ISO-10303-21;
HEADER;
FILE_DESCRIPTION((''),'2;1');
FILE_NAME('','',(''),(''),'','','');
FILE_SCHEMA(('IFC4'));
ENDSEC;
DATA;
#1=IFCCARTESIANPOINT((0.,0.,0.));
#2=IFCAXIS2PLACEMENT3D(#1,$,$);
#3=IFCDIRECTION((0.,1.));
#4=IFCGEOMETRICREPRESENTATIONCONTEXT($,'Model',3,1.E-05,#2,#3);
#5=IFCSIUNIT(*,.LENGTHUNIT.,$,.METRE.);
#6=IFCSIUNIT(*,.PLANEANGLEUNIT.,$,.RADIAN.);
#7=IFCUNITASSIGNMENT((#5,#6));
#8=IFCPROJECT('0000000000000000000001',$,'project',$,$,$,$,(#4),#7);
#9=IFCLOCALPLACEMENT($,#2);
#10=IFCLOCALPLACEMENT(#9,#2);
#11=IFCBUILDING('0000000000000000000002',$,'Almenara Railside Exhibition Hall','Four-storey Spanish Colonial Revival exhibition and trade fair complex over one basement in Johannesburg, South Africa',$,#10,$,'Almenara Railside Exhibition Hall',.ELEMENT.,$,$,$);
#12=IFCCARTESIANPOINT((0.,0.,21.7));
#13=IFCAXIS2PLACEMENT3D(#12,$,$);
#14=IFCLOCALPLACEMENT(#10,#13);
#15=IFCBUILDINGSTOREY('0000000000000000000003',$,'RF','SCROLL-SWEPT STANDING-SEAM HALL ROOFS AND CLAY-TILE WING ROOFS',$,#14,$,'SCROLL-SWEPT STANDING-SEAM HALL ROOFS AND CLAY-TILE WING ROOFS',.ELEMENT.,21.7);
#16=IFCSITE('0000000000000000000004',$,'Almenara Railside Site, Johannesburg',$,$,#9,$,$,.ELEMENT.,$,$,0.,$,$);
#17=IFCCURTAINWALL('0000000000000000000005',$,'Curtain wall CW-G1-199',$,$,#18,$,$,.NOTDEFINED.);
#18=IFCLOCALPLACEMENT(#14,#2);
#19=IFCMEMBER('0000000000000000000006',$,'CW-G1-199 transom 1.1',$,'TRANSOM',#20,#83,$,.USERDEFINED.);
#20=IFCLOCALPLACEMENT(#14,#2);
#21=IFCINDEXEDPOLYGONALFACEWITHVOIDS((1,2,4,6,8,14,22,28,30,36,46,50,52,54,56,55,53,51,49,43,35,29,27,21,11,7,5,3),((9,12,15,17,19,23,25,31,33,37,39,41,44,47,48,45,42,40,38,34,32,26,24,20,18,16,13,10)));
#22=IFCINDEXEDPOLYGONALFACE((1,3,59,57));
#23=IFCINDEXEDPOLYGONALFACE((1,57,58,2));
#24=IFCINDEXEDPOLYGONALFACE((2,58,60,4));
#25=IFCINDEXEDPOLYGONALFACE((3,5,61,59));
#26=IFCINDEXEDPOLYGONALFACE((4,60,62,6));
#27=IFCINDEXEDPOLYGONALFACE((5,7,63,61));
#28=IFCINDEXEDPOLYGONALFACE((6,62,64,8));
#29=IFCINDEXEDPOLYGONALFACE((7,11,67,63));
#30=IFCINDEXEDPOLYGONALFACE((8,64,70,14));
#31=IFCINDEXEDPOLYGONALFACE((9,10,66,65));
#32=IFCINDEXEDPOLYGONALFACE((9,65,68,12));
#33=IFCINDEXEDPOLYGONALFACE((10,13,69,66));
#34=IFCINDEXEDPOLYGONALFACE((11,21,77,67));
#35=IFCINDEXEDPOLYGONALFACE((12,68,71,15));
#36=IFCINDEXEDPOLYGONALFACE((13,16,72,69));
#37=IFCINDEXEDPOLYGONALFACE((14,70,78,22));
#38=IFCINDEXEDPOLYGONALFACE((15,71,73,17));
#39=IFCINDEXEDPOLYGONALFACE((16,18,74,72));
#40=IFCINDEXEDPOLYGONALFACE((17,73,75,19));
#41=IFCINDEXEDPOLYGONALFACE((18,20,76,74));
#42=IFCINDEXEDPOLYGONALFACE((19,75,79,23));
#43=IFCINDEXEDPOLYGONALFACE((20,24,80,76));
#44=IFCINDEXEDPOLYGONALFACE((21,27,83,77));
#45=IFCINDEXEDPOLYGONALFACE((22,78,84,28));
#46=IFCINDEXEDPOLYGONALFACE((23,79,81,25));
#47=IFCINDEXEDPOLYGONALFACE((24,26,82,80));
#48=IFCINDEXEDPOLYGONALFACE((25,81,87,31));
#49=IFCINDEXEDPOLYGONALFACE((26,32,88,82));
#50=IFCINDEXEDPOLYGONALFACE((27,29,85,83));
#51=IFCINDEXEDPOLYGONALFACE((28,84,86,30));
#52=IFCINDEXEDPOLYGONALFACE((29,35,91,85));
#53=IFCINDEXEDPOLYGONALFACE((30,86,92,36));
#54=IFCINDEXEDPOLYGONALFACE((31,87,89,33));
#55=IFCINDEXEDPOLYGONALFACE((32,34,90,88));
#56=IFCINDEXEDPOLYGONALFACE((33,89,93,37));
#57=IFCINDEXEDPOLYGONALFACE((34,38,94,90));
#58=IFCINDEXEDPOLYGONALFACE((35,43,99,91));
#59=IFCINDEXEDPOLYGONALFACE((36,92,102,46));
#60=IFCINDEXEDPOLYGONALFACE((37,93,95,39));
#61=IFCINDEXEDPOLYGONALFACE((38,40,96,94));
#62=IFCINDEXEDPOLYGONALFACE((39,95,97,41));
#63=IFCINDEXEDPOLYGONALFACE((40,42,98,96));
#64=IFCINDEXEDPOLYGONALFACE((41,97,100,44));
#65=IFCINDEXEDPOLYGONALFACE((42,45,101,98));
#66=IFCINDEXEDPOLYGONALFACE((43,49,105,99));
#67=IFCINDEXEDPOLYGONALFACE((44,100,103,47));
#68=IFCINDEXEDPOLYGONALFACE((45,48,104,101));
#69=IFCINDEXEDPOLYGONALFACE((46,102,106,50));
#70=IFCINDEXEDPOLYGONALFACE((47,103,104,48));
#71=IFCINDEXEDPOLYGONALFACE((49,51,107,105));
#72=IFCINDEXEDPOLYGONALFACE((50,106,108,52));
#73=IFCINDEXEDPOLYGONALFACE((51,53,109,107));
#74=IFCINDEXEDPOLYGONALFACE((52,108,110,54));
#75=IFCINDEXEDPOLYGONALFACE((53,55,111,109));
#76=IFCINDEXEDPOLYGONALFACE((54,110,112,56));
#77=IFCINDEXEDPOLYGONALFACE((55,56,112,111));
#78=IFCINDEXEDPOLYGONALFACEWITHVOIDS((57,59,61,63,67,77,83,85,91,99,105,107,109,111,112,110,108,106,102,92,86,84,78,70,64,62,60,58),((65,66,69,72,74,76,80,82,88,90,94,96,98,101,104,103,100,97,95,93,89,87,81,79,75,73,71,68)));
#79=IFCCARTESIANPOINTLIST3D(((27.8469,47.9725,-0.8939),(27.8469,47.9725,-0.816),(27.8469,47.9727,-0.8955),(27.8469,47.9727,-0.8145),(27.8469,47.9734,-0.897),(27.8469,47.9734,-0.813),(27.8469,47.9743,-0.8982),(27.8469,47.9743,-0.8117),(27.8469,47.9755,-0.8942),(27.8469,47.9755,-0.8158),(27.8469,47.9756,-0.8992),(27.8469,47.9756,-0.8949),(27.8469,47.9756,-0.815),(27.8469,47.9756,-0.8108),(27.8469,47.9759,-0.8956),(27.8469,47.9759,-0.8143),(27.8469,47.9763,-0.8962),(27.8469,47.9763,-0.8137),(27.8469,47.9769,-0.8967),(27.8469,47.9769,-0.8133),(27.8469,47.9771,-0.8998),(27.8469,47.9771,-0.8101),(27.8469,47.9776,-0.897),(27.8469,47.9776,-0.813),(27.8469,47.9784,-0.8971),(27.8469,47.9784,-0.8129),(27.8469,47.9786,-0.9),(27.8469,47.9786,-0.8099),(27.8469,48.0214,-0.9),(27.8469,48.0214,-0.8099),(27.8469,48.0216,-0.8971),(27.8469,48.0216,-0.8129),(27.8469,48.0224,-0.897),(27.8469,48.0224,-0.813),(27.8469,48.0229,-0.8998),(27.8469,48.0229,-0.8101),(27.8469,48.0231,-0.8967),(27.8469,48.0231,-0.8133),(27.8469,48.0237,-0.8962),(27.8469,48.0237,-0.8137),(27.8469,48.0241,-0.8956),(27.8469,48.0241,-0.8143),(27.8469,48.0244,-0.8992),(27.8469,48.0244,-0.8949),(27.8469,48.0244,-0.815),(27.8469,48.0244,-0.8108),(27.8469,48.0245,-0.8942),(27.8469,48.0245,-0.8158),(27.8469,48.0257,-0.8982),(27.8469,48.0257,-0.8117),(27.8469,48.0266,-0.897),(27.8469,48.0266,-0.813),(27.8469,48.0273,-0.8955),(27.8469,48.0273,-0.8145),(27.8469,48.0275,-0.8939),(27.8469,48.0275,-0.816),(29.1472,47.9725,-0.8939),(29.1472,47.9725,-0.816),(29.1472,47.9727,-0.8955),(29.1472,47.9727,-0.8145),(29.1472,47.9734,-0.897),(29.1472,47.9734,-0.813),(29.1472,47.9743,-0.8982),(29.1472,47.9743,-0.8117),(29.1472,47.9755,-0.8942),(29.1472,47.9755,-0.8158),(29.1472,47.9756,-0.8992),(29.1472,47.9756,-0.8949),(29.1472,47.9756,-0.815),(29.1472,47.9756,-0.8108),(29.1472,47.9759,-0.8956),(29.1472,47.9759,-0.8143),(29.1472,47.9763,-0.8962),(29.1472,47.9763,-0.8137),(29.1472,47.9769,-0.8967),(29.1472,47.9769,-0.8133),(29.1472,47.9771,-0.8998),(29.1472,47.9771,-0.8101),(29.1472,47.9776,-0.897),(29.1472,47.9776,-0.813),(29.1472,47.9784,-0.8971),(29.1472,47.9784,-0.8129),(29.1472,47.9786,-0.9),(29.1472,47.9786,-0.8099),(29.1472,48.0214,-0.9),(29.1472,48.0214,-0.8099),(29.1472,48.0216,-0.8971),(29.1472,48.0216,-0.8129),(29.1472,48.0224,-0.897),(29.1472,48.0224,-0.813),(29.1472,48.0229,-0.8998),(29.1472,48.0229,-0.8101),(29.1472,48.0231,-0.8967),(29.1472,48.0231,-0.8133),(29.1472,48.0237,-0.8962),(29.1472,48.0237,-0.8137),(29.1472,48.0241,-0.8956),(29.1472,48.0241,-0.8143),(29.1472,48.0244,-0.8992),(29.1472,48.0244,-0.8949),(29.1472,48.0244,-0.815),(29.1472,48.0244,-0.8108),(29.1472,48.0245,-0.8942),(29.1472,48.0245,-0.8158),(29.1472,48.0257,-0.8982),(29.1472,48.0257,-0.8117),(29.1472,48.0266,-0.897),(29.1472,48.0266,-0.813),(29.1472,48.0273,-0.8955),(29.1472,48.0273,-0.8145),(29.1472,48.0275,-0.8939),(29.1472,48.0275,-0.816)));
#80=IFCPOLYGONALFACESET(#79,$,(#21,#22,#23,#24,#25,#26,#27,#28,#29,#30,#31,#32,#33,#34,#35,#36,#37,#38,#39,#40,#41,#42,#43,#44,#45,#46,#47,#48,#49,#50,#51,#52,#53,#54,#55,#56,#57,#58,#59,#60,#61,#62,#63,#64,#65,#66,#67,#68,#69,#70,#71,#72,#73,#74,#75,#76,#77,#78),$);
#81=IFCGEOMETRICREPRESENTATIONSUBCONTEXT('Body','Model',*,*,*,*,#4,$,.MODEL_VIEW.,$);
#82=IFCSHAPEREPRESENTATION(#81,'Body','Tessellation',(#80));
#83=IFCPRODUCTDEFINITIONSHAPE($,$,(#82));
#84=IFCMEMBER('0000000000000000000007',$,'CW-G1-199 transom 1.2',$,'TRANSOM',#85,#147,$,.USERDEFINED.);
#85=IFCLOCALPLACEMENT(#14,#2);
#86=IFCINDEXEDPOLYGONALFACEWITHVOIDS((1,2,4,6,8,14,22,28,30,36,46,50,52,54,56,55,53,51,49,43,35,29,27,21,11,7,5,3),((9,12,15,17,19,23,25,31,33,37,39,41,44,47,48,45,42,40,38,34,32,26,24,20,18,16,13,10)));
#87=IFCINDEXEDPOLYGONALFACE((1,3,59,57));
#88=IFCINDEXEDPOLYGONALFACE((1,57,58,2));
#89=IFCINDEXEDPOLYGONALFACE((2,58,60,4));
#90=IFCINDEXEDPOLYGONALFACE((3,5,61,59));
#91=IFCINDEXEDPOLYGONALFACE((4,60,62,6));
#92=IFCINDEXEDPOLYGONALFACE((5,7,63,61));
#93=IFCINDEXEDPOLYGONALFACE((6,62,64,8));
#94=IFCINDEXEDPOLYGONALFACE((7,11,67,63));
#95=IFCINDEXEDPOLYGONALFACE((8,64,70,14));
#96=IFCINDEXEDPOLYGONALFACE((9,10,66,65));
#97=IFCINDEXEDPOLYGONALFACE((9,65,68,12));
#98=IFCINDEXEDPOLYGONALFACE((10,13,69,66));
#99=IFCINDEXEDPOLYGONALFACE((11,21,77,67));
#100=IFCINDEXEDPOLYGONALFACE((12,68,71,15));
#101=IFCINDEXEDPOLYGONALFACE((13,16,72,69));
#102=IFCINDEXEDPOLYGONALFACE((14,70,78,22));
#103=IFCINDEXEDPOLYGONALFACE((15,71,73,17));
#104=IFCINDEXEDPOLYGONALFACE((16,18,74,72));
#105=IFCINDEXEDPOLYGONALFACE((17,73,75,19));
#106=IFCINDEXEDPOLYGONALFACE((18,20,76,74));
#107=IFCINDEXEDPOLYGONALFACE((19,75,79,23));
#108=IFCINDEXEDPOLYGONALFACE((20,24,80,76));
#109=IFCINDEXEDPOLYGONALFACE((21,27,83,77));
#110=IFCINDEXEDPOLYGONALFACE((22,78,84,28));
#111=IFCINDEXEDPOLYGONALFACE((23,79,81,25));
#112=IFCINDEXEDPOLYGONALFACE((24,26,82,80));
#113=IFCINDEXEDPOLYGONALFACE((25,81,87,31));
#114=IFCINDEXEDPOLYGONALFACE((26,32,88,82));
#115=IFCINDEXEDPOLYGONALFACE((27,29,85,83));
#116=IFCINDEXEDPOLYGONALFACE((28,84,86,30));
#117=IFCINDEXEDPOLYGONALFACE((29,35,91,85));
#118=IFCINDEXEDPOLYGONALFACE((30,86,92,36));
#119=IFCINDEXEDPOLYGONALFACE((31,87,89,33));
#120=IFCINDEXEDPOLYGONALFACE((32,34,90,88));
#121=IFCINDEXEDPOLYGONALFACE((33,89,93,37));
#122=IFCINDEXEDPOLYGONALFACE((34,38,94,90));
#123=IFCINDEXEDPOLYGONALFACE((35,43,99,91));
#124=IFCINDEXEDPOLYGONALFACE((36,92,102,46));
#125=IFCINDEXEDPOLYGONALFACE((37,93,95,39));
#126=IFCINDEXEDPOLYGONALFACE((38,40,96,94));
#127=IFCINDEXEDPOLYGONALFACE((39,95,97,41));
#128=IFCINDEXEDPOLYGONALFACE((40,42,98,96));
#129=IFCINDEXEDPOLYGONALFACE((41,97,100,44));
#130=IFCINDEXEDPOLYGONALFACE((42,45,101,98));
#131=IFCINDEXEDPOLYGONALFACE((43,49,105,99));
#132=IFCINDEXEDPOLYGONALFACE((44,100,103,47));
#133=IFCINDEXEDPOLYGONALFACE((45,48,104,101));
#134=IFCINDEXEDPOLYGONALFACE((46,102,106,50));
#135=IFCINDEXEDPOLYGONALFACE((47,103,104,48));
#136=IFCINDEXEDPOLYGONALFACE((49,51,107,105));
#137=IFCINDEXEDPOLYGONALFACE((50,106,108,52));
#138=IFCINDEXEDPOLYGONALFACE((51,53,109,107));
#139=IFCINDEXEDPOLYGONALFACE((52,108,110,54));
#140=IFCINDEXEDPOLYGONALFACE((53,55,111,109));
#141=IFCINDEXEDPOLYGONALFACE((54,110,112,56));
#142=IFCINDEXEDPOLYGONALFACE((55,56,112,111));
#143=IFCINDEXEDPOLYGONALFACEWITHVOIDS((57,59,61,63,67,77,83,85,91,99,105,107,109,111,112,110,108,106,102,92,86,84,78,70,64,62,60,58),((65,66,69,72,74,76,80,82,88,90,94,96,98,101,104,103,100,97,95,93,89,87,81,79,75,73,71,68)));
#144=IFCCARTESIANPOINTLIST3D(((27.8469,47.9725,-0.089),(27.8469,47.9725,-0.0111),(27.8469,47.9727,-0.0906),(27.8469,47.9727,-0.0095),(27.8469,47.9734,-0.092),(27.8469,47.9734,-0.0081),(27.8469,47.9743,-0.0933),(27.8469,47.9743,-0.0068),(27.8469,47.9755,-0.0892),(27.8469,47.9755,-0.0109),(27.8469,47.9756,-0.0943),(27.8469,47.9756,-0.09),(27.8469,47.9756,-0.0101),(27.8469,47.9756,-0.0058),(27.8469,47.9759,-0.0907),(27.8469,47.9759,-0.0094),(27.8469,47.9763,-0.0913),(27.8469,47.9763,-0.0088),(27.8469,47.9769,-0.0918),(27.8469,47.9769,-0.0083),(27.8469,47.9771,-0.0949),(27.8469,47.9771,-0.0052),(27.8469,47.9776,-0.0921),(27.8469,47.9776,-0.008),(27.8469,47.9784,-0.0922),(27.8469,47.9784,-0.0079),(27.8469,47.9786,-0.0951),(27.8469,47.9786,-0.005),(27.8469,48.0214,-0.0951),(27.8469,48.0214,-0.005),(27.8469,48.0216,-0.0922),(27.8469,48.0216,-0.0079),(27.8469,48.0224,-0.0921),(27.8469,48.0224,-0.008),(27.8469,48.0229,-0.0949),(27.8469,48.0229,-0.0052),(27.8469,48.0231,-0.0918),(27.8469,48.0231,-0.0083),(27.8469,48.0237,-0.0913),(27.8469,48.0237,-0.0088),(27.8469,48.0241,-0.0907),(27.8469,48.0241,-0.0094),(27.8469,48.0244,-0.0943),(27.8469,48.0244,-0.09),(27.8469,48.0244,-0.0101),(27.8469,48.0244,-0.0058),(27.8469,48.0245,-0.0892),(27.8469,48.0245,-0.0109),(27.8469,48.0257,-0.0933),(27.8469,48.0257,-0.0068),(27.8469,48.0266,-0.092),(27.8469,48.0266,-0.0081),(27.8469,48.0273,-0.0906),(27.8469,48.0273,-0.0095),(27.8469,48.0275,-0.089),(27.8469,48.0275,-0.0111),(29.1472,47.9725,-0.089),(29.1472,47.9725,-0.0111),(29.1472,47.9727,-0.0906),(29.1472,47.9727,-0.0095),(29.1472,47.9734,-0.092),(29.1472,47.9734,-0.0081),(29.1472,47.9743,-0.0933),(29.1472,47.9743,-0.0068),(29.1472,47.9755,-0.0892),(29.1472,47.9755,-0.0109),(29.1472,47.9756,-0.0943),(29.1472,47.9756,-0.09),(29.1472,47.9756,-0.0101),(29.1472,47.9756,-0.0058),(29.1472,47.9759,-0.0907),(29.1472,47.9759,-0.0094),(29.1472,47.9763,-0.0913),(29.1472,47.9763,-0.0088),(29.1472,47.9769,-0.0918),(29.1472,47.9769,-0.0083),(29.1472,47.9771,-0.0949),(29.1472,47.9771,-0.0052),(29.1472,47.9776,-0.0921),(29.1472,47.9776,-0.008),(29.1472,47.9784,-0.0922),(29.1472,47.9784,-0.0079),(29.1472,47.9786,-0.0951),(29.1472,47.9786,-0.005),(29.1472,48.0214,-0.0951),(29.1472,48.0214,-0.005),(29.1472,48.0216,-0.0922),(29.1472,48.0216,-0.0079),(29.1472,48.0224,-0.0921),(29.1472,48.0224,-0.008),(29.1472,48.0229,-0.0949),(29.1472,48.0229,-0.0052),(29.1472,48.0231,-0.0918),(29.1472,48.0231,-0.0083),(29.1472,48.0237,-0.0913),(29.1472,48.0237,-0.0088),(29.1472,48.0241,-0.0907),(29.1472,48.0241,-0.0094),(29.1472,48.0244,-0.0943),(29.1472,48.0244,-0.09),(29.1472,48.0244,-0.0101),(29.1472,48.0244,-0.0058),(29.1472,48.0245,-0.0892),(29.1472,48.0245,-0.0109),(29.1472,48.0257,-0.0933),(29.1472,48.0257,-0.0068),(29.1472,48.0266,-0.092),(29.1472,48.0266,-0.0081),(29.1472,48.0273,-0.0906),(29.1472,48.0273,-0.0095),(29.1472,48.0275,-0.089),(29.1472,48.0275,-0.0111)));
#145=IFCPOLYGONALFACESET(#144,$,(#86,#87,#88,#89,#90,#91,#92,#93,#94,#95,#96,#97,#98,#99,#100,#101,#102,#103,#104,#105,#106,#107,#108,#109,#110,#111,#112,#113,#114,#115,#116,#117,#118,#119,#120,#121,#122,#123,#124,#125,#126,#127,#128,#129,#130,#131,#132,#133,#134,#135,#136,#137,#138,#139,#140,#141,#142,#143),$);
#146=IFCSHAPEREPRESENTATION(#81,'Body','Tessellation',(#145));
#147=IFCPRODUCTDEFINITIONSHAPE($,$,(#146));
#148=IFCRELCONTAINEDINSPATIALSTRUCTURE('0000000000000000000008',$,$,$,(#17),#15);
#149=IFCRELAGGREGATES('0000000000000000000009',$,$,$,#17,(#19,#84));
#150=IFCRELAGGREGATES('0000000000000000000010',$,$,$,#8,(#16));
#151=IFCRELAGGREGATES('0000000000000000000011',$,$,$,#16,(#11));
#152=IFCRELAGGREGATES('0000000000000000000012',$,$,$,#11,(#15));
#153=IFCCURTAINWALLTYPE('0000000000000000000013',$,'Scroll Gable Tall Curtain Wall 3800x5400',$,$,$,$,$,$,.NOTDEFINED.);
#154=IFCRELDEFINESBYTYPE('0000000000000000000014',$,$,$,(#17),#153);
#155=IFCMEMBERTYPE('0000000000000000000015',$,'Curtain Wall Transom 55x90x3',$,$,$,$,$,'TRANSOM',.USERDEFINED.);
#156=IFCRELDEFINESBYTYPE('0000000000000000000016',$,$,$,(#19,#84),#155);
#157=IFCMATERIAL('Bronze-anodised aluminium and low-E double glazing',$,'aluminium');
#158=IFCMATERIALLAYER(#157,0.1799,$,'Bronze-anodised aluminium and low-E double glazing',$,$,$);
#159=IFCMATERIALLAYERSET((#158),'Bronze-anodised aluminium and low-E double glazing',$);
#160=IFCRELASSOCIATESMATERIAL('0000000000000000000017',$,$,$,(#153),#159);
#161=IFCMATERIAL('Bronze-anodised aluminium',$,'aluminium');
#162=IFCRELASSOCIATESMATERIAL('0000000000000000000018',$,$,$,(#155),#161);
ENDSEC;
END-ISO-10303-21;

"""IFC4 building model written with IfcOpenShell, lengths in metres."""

from ifc_helpers import new_model, si_unit, direction, frame, origin, origin_2d, place, context, subcontext, project, spatial, hollow_rectangle, extrude, material, layer, layer_set, material_profile, profile_set, type_object, element, aggregate, save


model = new_model("IFC4")

# Units and contexts
model_context = context("Model", 3, precision=1e-05, world=origin(), true_north=direction((0.0, 1.0)))
body_context = subcontext(model_context, "Body", "Model", "MODEL_VIEW")
ifc_project = project(units=[si_unit("LENGTHUNIT", "METRE"), si_unit("PLANEANGLEUNIT", "RADIAN")], contexts=[model_context])

# Site, building, storey
site_placement = place(None, origin())
site = spatial("IfcSite", under=ifc_project, at=site_placement, Name="Almenara Railside Site, Johannesburg", CompositionType="ELEMENT", RefElevation=0.0)
building_placement = place(site_placement, origin())
building = spatial("IfcBuilding", under=site, at=building_placement, Name="Almenara Railside Exhibition Hall", Description="Four-storey Spanish Colonial Revival exhibition and trade fair complex over one basement in Johannesburg, South Africa", LongName="Almenara Railside Exhibition Hall", CompositionType="ELEMENT")
storey_placement = place(building_placement, frame((0.0, 0.0, 21.7)))
storey = spatial("IfcBuildingStorey", under=building, at=storey_placement, Name="RF", Description="SCROLL-SWEPT STANDING-SEAM HALL ROOFS AND CLAY-TILE WING ROOFS", LongName="SCROLL-SWEPT STANDING-SEAM HALL ROOFS AND CLAY-TILE WING ROOFS", CompositionType="ELEMENT", Elevation=21.7)

# Curtain wall
ifc_material_1 = material(Name="Bronze-anodised aluminium and low-E double glazing", Category="aluminium")
ifc_layer_1 = layer(ifc_material_1, 0.1799, Name="Bronze-anodised aluminium and low-E double glazing")
ifc_layer_set_1 = layer_set([ifc_layer_1], Name="Bronze-anodised aluminium and low-E double glazing")
curtain_wall_type = type_object("IfcCurtainWallType", Name="Scroll Gable Tall Curtain Wall 3800x5400", PredefinedType="NOTDEFINED", material=ifc_layer_set_1)
curtain_wall_1_placement = place(storey_placement, origin())
curtain_wall_1 = element("IfcCurtainWall", 1, at=curtain_wall_1_placement, inside=storey, type_object=curtain_wall_type, Name="Curtain wall CW-G1-199", PredefinedType="NOTDEFINED")
ifc_material_2 = material(Name="Bronze-anodised aluminium", Category="aluminium")

# Members
ifc_material_profile_1 = material_profile(ifc_material_2, hollow_rectangle(XDim=0.0549, YDim=0.0901, WallThickness=0.0029, InnerFilletRadius=0.0029, OuterFilletRadius=0.0061, at=origin_2d()), Name="ALU-TRN 55x90x3")
ifc_profile_set_1 = profile_set([ifc_material_profile_1], Name="Bronze-anodised aluminium")
member_type_1 = type_object("IfcMemberType", Name="Curtain Wall Transom 55x90x3", ElementType="TRANSOM", PredefinedType="USERDEFINED", material=ifc_profile_set_1)
member_1_placement = place(storey_placement, frame((27.8469, 48.0, -0.855), z_axis=(1.0, 0.0, 0.0), x_axis=(0.0, 1.0, 0.0)))
member_1 = element("IfcMember", 2, at=member_1_placement, type_object=member_type_1, Name="CW-G1-199 transom 1.1", ObjectType="TRANSOM", PredefinedType="USERDEFINED", context=body_context, shape_type="SweptSolid", body=[
    extrude(hollow_rectangle(XDim=0.0549, YDim=0.0901, WallThickness=0.0029, InnerFilletRadius=0.0029, OuterFilletRadius=0.0061, at=origin_2d()), origin(), (0.0, 0.0, 1.0), 1.3003),
])
member_2_placement = place(storey_placement, frame((27.8469, 48.0, -0.05), z_axis=(1.0, 0.0, 0.0), x_axis=(0.0, 1.0, 0.0)))
member_2 = element("IfcMember", 3, at=member_2_placement, type_object=member_type_1, Name="CW-G1-199 transom 1.2", ObjectType="TRANSOM", PredefinedType="USERDEFINED", context=body_context, shape_type="SweptSolid", body=[
    extrude(hollow_rectangle(XDim=0.0549, YDim=0.0901, WallThickness=0.0029, InnerFilletRadius=0.0029, OuterFilletRadius=0.0061, at=origin_2d()), origin(), (0.0, 0.0, 1.0), 1.3003),
])

aggregate(curtain_wall_1, [member_1, member_2])

save(model, "model.ifc")
